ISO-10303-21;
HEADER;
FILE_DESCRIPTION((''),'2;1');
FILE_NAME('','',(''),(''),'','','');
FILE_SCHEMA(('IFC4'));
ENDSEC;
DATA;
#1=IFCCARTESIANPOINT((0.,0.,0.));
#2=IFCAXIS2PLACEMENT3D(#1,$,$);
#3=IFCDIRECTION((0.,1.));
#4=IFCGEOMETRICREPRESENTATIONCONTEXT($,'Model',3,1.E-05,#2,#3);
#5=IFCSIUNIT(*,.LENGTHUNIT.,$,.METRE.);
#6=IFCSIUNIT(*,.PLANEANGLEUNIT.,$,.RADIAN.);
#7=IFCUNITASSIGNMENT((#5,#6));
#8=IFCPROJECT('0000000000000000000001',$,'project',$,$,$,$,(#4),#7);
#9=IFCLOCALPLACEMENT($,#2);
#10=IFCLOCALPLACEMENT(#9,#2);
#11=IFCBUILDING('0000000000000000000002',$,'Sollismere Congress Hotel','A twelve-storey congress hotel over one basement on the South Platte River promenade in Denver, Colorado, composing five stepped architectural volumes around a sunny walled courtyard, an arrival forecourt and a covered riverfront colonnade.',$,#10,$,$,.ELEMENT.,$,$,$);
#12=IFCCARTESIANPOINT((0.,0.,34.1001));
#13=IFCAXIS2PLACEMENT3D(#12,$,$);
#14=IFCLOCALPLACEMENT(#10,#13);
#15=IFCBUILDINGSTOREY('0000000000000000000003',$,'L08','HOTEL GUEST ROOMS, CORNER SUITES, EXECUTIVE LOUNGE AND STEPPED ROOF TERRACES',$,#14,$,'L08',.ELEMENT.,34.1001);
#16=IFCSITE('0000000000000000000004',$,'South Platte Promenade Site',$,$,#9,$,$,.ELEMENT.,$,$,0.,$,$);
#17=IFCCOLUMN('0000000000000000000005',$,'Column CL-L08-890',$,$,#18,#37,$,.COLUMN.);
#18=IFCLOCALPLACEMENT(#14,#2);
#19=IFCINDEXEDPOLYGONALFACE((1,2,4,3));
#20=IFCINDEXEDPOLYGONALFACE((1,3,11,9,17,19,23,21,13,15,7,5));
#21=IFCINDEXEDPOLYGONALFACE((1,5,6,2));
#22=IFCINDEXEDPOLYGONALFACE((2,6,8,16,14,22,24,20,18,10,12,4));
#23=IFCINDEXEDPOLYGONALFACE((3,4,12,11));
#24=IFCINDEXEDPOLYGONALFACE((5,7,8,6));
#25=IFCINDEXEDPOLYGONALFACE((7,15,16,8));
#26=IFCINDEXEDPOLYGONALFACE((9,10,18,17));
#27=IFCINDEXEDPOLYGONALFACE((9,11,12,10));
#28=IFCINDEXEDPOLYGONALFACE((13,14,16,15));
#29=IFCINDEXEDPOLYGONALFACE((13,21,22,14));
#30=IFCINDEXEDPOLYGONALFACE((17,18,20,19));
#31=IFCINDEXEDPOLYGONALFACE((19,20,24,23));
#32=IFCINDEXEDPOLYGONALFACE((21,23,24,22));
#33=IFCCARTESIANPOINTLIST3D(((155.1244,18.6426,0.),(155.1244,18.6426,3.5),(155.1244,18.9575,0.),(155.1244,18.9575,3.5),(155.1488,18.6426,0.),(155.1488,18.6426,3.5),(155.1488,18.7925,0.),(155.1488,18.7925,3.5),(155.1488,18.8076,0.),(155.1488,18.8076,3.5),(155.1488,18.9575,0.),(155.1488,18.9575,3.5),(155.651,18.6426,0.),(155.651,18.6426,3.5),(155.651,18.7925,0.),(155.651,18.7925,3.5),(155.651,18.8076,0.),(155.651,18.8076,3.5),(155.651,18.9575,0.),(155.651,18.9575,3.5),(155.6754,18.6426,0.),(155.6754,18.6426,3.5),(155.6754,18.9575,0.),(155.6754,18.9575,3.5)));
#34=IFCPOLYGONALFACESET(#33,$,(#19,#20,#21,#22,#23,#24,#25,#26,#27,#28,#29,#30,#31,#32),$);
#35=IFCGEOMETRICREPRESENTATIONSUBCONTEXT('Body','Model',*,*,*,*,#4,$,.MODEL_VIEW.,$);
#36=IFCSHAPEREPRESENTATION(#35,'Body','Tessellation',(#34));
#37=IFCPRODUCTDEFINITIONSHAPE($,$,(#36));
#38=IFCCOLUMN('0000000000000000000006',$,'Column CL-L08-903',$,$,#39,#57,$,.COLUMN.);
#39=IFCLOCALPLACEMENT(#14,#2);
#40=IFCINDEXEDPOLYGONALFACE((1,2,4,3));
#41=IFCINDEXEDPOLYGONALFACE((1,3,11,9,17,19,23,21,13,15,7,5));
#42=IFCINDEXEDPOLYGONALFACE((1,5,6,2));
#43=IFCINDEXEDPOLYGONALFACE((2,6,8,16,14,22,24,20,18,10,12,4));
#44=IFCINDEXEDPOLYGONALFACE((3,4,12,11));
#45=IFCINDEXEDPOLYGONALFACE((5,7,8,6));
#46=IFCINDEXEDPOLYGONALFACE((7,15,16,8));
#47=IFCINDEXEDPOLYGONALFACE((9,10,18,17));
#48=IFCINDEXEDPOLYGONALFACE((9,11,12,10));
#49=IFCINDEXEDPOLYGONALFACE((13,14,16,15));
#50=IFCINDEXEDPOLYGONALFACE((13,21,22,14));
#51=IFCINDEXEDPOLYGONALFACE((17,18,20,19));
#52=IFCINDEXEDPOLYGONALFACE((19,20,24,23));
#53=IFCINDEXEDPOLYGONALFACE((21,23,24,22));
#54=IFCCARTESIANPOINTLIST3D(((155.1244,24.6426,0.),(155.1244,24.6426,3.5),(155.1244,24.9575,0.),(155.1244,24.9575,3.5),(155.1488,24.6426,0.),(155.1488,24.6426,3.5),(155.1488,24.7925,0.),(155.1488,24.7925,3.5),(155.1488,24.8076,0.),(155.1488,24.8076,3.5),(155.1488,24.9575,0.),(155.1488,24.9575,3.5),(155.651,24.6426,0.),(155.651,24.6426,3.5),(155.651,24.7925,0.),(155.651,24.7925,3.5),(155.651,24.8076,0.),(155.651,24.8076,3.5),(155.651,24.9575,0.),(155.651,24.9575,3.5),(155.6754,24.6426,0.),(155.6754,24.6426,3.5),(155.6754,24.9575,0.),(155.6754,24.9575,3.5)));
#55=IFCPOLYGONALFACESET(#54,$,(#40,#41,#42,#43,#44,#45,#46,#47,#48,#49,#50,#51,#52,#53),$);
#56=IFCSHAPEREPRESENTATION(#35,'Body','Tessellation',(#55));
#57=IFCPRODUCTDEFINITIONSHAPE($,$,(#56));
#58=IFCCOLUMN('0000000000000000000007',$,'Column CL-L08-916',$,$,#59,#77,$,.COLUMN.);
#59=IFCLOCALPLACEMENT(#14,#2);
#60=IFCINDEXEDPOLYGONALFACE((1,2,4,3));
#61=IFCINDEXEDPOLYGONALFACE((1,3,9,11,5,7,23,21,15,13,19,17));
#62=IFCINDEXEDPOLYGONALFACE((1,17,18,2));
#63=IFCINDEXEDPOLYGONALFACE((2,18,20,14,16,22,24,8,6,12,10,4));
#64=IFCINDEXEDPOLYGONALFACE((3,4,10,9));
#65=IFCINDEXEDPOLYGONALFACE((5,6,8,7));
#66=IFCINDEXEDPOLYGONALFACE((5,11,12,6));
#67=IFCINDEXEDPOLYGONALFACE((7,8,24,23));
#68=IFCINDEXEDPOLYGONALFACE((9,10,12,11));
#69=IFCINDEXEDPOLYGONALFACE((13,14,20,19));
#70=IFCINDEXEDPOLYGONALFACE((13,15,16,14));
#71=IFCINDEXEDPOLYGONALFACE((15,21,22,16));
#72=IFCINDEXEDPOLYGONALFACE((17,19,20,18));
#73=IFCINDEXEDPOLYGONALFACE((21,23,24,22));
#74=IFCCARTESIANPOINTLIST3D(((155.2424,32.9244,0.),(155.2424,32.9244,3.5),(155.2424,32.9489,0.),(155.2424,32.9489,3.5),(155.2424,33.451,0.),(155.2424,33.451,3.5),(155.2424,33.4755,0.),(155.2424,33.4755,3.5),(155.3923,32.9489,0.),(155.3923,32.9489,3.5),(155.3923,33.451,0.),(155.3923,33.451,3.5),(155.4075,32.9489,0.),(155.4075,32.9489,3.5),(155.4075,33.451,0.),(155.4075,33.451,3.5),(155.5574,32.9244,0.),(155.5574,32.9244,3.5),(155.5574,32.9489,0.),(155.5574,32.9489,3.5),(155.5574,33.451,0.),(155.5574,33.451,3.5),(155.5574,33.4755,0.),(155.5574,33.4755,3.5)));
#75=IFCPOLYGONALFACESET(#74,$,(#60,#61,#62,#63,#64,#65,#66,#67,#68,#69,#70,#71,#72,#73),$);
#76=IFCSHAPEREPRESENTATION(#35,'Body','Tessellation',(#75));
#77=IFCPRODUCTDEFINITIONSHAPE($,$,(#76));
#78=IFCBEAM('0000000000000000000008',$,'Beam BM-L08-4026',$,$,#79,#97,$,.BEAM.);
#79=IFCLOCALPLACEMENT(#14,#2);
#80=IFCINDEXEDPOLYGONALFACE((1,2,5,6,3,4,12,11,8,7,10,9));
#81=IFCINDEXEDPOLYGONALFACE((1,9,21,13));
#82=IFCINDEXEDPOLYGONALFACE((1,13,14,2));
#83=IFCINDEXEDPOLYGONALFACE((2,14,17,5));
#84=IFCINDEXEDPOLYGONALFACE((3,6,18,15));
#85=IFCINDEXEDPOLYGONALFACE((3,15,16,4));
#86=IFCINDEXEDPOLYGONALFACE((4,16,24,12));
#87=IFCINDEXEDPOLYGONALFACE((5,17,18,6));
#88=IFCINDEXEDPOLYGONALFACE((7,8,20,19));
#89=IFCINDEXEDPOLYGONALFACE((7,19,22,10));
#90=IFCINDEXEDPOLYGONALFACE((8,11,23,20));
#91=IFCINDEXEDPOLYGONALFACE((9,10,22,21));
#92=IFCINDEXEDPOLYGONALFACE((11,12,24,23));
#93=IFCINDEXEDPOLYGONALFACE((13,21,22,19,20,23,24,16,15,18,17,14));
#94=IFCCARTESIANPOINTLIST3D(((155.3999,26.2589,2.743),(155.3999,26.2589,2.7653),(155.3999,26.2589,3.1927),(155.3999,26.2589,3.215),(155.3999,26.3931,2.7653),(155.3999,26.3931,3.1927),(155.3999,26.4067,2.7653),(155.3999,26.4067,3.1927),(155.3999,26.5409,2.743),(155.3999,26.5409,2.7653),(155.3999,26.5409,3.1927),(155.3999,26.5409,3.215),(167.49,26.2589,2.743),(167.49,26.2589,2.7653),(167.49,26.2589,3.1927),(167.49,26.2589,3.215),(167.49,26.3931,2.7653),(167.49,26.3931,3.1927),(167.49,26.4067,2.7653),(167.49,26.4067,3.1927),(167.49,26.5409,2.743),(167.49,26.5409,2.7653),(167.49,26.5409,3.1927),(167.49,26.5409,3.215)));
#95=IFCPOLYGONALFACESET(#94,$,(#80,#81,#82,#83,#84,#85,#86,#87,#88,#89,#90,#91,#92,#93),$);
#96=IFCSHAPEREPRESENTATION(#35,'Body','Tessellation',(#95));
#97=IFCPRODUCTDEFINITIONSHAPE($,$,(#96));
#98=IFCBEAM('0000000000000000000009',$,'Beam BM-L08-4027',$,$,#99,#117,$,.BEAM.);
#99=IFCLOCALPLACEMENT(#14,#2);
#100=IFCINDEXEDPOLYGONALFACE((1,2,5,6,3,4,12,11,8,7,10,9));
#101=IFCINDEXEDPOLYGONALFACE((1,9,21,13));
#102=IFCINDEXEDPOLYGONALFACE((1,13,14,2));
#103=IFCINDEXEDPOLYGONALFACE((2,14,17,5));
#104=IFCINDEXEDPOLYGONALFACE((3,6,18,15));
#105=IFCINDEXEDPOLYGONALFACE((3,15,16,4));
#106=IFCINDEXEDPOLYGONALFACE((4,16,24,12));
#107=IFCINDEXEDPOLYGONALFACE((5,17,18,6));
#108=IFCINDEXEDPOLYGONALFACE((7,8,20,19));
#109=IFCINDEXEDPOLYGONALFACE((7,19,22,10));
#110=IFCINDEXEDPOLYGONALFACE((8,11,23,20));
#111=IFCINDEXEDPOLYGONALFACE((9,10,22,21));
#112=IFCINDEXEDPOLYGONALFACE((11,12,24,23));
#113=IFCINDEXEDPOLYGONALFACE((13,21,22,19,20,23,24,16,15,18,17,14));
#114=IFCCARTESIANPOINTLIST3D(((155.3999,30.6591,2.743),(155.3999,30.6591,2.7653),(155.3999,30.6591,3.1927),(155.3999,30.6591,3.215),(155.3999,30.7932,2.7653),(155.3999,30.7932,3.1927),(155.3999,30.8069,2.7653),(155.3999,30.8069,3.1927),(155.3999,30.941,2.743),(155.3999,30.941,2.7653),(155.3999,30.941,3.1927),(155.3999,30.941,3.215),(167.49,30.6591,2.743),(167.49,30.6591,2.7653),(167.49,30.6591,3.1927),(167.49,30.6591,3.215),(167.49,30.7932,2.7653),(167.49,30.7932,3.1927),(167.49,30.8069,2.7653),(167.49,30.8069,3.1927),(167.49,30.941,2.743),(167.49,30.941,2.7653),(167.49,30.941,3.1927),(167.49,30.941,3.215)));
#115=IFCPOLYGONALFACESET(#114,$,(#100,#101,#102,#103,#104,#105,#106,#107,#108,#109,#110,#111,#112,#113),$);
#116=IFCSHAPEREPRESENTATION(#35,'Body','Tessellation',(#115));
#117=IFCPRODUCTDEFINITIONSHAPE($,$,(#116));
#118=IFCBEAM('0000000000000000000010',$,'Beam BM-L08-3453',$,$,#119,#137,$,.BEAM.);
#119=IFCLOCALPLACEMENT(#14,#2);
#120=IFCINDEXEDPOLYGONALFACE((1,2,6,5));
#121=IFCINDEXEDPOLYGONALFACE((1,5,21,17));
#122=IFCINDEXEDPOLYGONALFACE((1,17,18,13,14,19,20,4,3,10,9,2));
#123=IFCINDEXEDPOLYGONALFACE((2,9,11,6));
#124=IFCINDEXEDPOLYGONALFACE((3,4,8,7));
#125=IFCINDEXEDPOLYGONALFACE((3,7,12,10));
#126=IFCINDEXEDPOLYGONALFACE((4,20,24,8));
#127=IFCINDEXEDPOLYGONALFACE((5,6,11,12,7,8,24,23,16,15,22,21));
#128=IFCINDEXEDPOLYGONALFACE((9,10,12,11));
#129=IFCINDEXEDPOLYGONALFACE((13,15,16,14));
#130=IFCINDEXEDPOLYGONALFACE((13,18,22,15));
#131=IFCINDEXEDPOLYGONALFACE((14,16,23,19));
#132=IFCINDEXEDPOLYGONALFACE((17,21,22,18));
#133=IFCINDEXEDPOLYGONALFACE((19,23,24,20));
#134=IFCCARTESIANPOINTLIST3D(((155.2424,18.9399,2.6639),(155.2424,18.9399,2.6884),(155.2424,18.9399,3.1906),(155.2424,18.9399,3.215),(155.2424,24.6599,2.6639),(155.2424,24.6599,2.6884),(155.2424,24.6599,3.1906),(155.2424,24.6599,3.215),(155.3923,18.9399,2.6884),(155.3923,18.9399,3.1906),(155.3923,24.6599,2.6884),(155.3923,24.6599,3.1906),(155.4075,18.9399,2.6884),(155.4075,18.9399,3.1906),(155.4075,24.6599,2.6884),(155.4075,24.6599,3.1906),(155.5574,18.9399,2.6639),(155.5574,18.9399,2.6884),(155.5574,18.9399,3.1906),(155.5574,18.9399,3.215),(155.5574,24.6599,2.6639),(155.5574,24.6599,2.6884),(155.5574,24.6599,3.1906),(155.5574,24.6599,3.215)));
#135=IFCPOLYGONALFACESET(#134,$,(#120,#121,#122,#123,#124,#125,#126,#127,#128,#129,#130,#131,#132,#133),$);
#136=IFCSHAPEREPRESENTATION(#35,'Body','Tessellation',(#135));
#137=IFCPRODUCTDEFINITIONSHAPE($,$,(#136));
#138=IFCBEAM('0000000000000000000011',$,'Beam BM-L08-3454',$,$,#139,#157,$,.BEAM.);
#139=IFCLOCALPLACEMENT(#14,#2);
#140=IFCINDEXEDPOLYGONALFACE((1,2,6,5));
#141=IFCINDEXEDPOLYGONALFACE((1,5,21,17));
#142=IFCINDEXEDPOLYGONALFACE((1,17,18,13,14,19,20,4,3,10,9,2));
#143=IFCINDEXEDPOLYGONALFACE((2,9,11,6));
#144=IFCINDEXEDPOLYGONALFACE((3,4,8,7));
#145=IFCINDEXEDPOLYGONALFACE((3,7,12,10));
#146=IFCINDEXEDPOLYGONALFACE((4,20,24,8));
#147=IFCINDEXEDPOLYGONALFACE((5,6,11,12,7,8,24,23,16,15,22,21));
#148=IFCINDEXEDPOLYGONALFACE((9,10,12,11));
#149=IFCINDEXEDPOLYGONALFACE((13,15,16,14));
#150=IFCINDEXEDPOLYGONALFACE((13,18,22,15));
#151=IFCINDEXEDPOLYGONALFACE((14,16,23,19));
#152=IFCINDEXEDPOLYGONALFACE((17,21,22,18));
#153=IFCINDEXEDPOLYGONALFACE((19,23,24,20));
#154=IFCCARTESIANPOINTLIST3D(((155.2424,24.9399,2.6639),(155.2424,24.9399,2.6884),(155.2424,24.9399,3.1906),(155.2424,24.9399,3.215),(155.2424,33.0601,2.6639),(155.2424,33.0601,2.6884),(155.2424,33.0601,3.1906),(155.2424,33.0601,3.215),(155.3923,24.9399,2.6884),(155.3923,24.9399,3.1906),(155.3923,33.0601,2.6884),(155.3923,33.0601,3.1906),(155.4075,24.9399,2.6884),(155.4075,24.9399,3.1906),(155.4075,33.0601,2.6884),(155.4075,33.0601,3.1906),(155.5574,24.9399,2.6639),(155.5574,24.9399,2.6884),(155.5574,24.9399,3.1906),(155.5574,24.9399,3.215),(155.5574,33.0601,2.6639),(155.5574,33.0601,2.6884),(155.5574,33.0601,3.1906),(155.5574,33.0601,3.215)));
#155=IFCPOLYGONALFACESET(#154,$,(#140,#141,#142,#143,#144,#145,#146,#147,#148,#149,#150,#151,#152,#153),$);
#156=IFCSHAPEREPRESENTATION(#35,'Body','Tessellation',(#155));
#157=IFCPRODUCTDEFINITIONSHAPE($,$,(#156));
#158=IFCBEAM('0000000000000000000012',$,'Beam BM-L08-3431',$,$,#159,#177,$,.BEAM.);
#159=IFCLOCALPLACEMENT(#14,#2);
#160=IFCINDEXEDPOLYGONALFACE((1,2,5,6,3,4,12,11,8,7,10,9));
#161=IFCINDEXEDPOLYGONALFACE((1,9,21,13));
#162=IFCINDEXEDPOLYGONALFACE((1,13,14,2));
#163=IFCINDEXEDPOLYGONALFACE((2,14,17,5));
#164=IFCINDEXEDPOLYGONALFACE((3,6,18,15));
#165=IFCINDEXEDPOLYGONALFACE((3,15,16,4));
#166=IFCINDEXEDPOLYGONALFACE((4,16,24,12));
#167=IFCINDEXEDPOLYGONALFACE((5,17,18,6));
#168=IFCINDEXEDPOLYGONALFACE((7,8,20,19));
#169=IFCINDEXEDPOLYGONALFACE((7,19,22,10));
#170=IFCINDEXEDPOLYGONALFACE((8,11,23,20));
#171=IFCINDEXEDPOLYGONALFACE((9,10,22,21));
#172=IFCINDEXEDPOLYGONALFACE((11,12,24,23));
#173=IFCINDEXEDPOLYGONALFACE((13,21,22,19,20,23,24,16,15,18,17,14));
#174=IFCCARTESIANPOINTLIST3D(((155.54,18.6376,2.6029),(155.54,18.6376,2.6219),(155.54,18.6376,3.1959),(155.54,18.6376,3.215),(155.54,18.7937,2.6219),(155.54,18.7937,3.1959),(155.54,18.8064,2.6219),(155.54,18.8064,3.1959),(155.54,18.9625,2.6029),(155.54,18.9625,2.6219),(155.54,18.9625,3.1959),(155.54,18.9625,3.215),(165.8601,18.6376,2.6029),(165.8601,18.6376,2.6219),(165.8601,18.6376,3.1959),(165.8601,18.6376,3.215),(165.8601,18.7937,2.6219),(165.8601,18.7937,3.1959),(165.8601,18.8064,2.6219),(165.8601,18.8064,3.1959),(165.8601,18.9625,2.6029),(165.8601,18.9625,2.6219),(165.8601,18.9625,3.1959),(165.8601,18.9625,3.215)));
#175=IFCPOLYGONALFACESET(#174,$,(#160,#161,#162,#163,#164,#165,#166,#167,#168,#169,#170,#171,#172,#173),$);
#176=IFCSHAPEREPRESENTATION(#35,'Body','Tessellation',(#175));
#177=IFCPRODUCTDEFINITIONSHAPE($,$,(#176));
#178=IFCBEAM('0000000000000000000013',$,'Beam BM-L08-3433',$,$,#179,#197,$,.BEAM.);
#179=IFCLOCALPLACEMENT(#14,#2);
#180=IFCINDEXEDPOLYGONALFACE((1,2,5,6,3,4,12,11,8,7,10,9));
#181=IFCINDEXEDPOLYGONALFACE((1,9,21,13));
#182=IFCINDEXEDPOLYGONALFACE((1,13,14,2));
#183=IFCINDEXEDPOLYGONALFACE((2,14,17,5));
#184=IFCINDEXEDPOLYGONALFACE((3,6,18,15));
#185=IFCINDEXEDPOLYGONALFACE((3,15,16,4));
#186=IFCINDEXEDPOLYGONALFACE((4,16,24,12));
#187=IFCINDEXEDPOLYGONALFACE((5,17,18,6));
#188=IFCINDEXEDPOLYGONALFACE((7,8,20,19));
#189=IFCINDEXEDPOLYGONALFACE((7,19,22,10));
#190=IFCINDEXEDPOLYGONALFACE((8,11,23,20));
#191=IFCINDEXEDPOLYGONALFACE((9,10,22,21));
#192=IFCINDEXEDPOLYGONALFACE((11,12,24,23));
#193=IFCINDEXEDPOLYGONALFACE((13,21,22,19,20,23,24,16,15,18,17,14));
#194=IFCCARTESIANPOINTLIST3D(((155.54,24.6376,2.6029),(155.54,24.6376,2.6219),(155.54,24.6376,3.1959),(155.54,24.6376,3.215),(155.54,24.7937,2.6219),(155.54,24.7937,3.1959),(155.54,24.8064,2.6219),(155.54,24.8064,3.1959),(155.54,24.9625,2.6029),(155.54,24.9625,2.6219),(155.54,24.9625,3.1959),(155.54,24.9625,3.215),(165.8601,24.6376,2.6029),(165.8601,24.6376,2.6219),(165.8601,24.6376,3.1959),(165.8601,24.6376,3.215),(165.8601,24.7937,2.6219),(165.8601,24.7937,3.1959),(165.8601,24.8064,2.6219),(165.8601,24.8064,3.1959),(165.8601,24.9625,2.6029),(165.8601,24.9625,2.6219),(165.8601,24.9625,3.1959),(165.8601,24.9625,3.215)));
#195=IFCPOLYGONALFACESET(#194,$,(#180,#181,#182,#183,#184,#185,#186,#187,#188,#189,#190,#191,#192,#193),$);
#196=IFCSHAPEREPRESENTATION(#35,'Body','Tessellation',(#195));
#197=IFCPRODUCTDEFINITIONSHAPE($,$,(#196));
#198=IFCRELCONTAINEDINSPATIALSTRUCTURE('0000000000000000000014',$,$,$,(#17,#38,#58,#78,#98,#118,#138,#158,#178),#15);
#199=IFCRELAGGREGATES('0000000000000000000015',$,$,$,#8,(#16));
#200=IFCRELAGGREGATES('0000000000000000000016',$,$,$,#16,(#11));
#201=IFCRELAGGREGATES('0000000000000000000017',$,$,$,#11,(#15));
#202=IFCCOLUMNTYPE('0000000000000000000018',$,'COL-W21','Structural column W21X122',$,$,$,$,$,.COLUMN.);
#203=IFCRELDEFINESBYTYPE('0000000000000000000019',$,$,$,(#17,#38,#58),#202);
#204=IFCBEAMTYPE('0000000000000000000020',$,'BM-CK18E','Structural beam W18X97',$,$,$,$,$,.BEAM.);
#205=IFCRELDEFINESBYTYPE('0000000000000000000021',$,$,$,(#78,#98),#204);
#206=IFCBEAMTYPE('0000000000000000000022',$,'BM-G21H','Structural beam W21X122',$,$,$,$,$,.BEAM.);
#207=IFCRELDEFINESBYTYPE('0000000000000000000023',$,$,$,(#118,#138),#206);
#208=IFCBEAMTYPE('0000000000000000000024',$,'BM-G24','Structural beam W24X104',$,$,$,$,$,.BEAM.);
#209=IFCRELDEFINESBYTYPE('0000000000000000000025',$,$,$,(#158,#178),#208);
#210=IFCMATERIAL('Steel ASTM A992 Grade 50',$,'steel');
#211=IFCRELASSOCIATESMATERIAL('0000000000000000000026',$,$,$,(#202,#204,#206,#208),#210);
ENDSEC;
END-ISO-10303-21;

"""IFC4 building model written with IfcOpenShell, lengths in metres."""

from ifc_helpers import new_model, si_unit, direction, frame, origin, origin_2d, place, context, subcontext, project, spatial, i_section, extrude, material, material_profile, profile_set, type_object, element, save


model = new_model("IFC4")

# Units and contexts
model_context = context("Model", 3, precision=1e-05, world=origin(), true_north=direction((0.0, 1.0)))
body_context = subcontext(model_context, "Body", "Model", "MODEL_VIEW")
ifc_project = project(units=[si_unit("LENGTHUNIT", "METRE"), si_unit("PLANEANGLEUNIT", "RADIAN")], contexts=[model_context])

# Site, building, storey
site_placement = place(None, origin())
site = spatial("IfcSite", under=ifc_project, at=site_placement, Name="South Platte Promenade Site", CompositionType="ELEMENT", RefElevation=0.0)
building_placement = place(site_placement, origin())
building = spatial("IfcBuilding", under=site, at=building_placement, Name="Sollismere Congress Hotel", Description="A twelve-storey congress hotel over one basement on the South Platte River promenade in Denver, Colorado, composing five stepped architectural volumes around a sunny walled courtyard, an arrival forecourt and a covered riverfront colonnade.", CompositionType="ELEMENT")
storey_placement = place(building_placement, frame((0.0, 0.0, 34.1001)))
storey = spatial("IfcBuildingStorey", under=building, at=storey_placement, Name="L08", Description="HOTEL GUEST ROOMS, CORNER SUITES, EXECUTIVE LOUNGE AND STEPPED ROOF TERRACES", LongName="L08", CompositionType="ELEMENT", Elevation=34.1001)

# Columns
ifc_material_1 = material(Name="Steel ASTM A992 Grade 50", Category="steel")
ifc_material_profile_1 = material_profile(ifc_material_1, i_section(OverallWidth=0.3149, OverallDepth=0.551, WebThickness=0.0151, FlangeThickness=0.0244, at=origin_2d()), Name="W21X122")
ifc_profile_set_1 = profile_set([ifc_material_profile_1], Name="Steel ASTM A992 Grade 50")
column_type = type_object("IfcColumnType", Name="COL-W21", Description="Structural column W21X122", PredefinedType="COLUMN", material=ifc_profile_set_1)
for number, where, z_axis, x_axis, name in (
    (1, (155.3999, 18.8, 0.0), (0.0, 0.0, 1.0), (0.0, 1.0, 0.0), "Column CL-L08-890"),
    (2, (155.3999, 24.8, 0.0), (0.0, 0.0, 1.0), (0.0, 1.0, 0.0), "Column CL-L08-903"),
    (3, (155.3999, 33.2, 0.0), (0.0, 0.0, 1.0), (1.0, 0.0, 0.0), "Column CL-L08-916"),
):
    element("IfcColumn", number, at=place(storey_placement, frame(where, z_axis=z_axis, x_axis=x_axis)), inside=storey, type_object=column_type, Name=name, PredefinedType="COLUMN", context=body_context, shape_type="SweptSolid", body=[
        extrude(i_section(OverallWidth=0.3149, OverallDepth=0.551, WebThickness=0.0151, FlangeThickness=0.0244, at=origin_2d()), origin(), (0.0, 0.0, 1.0), 3.5),
    ])

# Beams
ifc_material_profile_2 = material_profile(ifc_material_1, i_section(OverallWidth=0.282, OverallDepth=0.4719, WebThickness=0.0137, FlangeThickness=0.0222, at=origin_2d()), Name="W18X97")
ifc_profile_set_2 = profile_set([ifc_material_profile_2], Name="Steel ASTM A992 Grade 50")
beam_type_1 = type_object("IfcBeamType", Name="BM-CK18E", Description="Structural beam W18X97", PredefinedType="BEAM", material=ifc_profile_set_2)
for number, where, z_axis, x_axis, name in (
    (4, (155.3999, 26.3999, 2.979), (1.0, 0.0, 0.0), (0.0, 1.0, 0.0), "Beam BM-L08-4026"),
    (5, (155.3999, 30.8, 2.979), (1.0, 0.0, 0.0), (0.0, 1.0, 0.0), "Beam BM-L08-4027"),
):
    element("IfcBeam", number, at=place(storey_placement, frame(where, z_axis=z_axis, x_axis=x_axis)), inside=storey, type_object=beam_type_1, Name=name, PredefinedType="BEAM", context=body_context, shape_type="SweptSolid", body=[
        extrude(i_section(OverallWidth=0.282, OverallDepth=0.4719, WebThickness=0.0137, FlangeThickness=0.0222, at=origin_2d()), origin(), (0.0, 0.0, 1.0), 12.0901),
    ])
ifc_material_profile_3 = material_profile(ifc_material_1, i_section(OverallWidth=0.3149, OverallDepth=0.551, WebThickness=0.0151, FlangeThickness=0.0244, at=origin_2d()), Name="W21X122")
ifc_profile_set_3 = profile_set([ifc_material_profile_3], Name="Steel ASTM A992 Grade 50")
beam_type_2 = type_object("IfcBeamType", Name="BM-G21H", Description="Structural beam W21X122", PredefinedType="BEAM", material=ifc_profile_set_3)
beam_1_placement = place(storey_placement, frame((155.3999, 18.9399, 2.9395), z_axis=(0.0, 1.0, 0.0), x_axis=(-1.0, 0.0, 0.0)))
element("IfcBeam", 6, at=beam_1_placement, inside=storey, type_object=beam_type_2, Name="Beam BM-L08-3453", PredefinedType="BEAM", context=body_context, shape_type="SweptSolid", body=[
    extrude(i_section(OverallWidth=0.3149, OverallDepth=0.551, WebThickness=0.0151, FlangeThickness=0.0244, at=origin_2d()), origin(), (0.0, 0.0, 1.0), 5.72),
])
beam_2_placement = place(storey_placement, frame((155.3999, 24.9399, 2.9395), z_axis=(0.0, 1.0, 0.0), x_axis=(-1.0, 0.0, 0.0)))
element("IfcBeam", 7, at=beam_2_placement, inside=storey, type_object=beam_type_2, Name="Beam BM-L08-3454", PredefinedType="BEAM", context=body_context, shape_type="SweptSolid", body=[
    extrude(i_section(OverallWidth=0.3149, OverallDepth=0.551, WebThickness=0.0151, FlangeThickness=0.0244, at=origin_2d()), origin(), (0.0, 0.0, 1.0), 8.1201),
])
ifc_material_profile_4 = material_profile(ifc_material_1, i_section(OverallWidth=0.325, OverallDepth=0.6121, WebThickness=0.0127, FlangeThickness=0.019, at=origin_2d()), Name="W24X104")
ifc_profile_set_4 = profile_set([ifc_material_profile_4], Name="Steel ASTM A992 Grade 50")
beam_type_3 = type_object("IfcBeamType", Name="BM-G24", Description="Structural beam W24X104", PredefinedType="BEAM", material=ifc_profile_set_4)
for number, where, z_axis, x_axis, name in (
    (8, (155.54, 18.8, 2.9089), (1.0, 0.0, 0.0), (0.0, 1.0, 0.0), "Beam BM-L08-3431"),
    (9, (155.54, 24.8, 2.9089), (1.0, 0.0, 0.0), (0.0, 1.0, 0.0), "Beam BM-L08-3433"),
):
    element("IfcBeam", number, at=place(storey_placement, frame(where, z_axis=z_axis, x_axis=x_axis)), inside=storey, type_object=beam_type_3, Name=name, PredefinedType="BEAM", context=body_context, shape_type="SweptSolid", body=[
        extrude(i_section(OverallWidth=0.325, OverallDepth=0.6121, WebThickness=0.0127, FlangeThickness=0.019, at=origin_2d()), origin(), (0.0, 0.0, 1.0), 10.3201),
    ])

save(model, "model.ifc")
